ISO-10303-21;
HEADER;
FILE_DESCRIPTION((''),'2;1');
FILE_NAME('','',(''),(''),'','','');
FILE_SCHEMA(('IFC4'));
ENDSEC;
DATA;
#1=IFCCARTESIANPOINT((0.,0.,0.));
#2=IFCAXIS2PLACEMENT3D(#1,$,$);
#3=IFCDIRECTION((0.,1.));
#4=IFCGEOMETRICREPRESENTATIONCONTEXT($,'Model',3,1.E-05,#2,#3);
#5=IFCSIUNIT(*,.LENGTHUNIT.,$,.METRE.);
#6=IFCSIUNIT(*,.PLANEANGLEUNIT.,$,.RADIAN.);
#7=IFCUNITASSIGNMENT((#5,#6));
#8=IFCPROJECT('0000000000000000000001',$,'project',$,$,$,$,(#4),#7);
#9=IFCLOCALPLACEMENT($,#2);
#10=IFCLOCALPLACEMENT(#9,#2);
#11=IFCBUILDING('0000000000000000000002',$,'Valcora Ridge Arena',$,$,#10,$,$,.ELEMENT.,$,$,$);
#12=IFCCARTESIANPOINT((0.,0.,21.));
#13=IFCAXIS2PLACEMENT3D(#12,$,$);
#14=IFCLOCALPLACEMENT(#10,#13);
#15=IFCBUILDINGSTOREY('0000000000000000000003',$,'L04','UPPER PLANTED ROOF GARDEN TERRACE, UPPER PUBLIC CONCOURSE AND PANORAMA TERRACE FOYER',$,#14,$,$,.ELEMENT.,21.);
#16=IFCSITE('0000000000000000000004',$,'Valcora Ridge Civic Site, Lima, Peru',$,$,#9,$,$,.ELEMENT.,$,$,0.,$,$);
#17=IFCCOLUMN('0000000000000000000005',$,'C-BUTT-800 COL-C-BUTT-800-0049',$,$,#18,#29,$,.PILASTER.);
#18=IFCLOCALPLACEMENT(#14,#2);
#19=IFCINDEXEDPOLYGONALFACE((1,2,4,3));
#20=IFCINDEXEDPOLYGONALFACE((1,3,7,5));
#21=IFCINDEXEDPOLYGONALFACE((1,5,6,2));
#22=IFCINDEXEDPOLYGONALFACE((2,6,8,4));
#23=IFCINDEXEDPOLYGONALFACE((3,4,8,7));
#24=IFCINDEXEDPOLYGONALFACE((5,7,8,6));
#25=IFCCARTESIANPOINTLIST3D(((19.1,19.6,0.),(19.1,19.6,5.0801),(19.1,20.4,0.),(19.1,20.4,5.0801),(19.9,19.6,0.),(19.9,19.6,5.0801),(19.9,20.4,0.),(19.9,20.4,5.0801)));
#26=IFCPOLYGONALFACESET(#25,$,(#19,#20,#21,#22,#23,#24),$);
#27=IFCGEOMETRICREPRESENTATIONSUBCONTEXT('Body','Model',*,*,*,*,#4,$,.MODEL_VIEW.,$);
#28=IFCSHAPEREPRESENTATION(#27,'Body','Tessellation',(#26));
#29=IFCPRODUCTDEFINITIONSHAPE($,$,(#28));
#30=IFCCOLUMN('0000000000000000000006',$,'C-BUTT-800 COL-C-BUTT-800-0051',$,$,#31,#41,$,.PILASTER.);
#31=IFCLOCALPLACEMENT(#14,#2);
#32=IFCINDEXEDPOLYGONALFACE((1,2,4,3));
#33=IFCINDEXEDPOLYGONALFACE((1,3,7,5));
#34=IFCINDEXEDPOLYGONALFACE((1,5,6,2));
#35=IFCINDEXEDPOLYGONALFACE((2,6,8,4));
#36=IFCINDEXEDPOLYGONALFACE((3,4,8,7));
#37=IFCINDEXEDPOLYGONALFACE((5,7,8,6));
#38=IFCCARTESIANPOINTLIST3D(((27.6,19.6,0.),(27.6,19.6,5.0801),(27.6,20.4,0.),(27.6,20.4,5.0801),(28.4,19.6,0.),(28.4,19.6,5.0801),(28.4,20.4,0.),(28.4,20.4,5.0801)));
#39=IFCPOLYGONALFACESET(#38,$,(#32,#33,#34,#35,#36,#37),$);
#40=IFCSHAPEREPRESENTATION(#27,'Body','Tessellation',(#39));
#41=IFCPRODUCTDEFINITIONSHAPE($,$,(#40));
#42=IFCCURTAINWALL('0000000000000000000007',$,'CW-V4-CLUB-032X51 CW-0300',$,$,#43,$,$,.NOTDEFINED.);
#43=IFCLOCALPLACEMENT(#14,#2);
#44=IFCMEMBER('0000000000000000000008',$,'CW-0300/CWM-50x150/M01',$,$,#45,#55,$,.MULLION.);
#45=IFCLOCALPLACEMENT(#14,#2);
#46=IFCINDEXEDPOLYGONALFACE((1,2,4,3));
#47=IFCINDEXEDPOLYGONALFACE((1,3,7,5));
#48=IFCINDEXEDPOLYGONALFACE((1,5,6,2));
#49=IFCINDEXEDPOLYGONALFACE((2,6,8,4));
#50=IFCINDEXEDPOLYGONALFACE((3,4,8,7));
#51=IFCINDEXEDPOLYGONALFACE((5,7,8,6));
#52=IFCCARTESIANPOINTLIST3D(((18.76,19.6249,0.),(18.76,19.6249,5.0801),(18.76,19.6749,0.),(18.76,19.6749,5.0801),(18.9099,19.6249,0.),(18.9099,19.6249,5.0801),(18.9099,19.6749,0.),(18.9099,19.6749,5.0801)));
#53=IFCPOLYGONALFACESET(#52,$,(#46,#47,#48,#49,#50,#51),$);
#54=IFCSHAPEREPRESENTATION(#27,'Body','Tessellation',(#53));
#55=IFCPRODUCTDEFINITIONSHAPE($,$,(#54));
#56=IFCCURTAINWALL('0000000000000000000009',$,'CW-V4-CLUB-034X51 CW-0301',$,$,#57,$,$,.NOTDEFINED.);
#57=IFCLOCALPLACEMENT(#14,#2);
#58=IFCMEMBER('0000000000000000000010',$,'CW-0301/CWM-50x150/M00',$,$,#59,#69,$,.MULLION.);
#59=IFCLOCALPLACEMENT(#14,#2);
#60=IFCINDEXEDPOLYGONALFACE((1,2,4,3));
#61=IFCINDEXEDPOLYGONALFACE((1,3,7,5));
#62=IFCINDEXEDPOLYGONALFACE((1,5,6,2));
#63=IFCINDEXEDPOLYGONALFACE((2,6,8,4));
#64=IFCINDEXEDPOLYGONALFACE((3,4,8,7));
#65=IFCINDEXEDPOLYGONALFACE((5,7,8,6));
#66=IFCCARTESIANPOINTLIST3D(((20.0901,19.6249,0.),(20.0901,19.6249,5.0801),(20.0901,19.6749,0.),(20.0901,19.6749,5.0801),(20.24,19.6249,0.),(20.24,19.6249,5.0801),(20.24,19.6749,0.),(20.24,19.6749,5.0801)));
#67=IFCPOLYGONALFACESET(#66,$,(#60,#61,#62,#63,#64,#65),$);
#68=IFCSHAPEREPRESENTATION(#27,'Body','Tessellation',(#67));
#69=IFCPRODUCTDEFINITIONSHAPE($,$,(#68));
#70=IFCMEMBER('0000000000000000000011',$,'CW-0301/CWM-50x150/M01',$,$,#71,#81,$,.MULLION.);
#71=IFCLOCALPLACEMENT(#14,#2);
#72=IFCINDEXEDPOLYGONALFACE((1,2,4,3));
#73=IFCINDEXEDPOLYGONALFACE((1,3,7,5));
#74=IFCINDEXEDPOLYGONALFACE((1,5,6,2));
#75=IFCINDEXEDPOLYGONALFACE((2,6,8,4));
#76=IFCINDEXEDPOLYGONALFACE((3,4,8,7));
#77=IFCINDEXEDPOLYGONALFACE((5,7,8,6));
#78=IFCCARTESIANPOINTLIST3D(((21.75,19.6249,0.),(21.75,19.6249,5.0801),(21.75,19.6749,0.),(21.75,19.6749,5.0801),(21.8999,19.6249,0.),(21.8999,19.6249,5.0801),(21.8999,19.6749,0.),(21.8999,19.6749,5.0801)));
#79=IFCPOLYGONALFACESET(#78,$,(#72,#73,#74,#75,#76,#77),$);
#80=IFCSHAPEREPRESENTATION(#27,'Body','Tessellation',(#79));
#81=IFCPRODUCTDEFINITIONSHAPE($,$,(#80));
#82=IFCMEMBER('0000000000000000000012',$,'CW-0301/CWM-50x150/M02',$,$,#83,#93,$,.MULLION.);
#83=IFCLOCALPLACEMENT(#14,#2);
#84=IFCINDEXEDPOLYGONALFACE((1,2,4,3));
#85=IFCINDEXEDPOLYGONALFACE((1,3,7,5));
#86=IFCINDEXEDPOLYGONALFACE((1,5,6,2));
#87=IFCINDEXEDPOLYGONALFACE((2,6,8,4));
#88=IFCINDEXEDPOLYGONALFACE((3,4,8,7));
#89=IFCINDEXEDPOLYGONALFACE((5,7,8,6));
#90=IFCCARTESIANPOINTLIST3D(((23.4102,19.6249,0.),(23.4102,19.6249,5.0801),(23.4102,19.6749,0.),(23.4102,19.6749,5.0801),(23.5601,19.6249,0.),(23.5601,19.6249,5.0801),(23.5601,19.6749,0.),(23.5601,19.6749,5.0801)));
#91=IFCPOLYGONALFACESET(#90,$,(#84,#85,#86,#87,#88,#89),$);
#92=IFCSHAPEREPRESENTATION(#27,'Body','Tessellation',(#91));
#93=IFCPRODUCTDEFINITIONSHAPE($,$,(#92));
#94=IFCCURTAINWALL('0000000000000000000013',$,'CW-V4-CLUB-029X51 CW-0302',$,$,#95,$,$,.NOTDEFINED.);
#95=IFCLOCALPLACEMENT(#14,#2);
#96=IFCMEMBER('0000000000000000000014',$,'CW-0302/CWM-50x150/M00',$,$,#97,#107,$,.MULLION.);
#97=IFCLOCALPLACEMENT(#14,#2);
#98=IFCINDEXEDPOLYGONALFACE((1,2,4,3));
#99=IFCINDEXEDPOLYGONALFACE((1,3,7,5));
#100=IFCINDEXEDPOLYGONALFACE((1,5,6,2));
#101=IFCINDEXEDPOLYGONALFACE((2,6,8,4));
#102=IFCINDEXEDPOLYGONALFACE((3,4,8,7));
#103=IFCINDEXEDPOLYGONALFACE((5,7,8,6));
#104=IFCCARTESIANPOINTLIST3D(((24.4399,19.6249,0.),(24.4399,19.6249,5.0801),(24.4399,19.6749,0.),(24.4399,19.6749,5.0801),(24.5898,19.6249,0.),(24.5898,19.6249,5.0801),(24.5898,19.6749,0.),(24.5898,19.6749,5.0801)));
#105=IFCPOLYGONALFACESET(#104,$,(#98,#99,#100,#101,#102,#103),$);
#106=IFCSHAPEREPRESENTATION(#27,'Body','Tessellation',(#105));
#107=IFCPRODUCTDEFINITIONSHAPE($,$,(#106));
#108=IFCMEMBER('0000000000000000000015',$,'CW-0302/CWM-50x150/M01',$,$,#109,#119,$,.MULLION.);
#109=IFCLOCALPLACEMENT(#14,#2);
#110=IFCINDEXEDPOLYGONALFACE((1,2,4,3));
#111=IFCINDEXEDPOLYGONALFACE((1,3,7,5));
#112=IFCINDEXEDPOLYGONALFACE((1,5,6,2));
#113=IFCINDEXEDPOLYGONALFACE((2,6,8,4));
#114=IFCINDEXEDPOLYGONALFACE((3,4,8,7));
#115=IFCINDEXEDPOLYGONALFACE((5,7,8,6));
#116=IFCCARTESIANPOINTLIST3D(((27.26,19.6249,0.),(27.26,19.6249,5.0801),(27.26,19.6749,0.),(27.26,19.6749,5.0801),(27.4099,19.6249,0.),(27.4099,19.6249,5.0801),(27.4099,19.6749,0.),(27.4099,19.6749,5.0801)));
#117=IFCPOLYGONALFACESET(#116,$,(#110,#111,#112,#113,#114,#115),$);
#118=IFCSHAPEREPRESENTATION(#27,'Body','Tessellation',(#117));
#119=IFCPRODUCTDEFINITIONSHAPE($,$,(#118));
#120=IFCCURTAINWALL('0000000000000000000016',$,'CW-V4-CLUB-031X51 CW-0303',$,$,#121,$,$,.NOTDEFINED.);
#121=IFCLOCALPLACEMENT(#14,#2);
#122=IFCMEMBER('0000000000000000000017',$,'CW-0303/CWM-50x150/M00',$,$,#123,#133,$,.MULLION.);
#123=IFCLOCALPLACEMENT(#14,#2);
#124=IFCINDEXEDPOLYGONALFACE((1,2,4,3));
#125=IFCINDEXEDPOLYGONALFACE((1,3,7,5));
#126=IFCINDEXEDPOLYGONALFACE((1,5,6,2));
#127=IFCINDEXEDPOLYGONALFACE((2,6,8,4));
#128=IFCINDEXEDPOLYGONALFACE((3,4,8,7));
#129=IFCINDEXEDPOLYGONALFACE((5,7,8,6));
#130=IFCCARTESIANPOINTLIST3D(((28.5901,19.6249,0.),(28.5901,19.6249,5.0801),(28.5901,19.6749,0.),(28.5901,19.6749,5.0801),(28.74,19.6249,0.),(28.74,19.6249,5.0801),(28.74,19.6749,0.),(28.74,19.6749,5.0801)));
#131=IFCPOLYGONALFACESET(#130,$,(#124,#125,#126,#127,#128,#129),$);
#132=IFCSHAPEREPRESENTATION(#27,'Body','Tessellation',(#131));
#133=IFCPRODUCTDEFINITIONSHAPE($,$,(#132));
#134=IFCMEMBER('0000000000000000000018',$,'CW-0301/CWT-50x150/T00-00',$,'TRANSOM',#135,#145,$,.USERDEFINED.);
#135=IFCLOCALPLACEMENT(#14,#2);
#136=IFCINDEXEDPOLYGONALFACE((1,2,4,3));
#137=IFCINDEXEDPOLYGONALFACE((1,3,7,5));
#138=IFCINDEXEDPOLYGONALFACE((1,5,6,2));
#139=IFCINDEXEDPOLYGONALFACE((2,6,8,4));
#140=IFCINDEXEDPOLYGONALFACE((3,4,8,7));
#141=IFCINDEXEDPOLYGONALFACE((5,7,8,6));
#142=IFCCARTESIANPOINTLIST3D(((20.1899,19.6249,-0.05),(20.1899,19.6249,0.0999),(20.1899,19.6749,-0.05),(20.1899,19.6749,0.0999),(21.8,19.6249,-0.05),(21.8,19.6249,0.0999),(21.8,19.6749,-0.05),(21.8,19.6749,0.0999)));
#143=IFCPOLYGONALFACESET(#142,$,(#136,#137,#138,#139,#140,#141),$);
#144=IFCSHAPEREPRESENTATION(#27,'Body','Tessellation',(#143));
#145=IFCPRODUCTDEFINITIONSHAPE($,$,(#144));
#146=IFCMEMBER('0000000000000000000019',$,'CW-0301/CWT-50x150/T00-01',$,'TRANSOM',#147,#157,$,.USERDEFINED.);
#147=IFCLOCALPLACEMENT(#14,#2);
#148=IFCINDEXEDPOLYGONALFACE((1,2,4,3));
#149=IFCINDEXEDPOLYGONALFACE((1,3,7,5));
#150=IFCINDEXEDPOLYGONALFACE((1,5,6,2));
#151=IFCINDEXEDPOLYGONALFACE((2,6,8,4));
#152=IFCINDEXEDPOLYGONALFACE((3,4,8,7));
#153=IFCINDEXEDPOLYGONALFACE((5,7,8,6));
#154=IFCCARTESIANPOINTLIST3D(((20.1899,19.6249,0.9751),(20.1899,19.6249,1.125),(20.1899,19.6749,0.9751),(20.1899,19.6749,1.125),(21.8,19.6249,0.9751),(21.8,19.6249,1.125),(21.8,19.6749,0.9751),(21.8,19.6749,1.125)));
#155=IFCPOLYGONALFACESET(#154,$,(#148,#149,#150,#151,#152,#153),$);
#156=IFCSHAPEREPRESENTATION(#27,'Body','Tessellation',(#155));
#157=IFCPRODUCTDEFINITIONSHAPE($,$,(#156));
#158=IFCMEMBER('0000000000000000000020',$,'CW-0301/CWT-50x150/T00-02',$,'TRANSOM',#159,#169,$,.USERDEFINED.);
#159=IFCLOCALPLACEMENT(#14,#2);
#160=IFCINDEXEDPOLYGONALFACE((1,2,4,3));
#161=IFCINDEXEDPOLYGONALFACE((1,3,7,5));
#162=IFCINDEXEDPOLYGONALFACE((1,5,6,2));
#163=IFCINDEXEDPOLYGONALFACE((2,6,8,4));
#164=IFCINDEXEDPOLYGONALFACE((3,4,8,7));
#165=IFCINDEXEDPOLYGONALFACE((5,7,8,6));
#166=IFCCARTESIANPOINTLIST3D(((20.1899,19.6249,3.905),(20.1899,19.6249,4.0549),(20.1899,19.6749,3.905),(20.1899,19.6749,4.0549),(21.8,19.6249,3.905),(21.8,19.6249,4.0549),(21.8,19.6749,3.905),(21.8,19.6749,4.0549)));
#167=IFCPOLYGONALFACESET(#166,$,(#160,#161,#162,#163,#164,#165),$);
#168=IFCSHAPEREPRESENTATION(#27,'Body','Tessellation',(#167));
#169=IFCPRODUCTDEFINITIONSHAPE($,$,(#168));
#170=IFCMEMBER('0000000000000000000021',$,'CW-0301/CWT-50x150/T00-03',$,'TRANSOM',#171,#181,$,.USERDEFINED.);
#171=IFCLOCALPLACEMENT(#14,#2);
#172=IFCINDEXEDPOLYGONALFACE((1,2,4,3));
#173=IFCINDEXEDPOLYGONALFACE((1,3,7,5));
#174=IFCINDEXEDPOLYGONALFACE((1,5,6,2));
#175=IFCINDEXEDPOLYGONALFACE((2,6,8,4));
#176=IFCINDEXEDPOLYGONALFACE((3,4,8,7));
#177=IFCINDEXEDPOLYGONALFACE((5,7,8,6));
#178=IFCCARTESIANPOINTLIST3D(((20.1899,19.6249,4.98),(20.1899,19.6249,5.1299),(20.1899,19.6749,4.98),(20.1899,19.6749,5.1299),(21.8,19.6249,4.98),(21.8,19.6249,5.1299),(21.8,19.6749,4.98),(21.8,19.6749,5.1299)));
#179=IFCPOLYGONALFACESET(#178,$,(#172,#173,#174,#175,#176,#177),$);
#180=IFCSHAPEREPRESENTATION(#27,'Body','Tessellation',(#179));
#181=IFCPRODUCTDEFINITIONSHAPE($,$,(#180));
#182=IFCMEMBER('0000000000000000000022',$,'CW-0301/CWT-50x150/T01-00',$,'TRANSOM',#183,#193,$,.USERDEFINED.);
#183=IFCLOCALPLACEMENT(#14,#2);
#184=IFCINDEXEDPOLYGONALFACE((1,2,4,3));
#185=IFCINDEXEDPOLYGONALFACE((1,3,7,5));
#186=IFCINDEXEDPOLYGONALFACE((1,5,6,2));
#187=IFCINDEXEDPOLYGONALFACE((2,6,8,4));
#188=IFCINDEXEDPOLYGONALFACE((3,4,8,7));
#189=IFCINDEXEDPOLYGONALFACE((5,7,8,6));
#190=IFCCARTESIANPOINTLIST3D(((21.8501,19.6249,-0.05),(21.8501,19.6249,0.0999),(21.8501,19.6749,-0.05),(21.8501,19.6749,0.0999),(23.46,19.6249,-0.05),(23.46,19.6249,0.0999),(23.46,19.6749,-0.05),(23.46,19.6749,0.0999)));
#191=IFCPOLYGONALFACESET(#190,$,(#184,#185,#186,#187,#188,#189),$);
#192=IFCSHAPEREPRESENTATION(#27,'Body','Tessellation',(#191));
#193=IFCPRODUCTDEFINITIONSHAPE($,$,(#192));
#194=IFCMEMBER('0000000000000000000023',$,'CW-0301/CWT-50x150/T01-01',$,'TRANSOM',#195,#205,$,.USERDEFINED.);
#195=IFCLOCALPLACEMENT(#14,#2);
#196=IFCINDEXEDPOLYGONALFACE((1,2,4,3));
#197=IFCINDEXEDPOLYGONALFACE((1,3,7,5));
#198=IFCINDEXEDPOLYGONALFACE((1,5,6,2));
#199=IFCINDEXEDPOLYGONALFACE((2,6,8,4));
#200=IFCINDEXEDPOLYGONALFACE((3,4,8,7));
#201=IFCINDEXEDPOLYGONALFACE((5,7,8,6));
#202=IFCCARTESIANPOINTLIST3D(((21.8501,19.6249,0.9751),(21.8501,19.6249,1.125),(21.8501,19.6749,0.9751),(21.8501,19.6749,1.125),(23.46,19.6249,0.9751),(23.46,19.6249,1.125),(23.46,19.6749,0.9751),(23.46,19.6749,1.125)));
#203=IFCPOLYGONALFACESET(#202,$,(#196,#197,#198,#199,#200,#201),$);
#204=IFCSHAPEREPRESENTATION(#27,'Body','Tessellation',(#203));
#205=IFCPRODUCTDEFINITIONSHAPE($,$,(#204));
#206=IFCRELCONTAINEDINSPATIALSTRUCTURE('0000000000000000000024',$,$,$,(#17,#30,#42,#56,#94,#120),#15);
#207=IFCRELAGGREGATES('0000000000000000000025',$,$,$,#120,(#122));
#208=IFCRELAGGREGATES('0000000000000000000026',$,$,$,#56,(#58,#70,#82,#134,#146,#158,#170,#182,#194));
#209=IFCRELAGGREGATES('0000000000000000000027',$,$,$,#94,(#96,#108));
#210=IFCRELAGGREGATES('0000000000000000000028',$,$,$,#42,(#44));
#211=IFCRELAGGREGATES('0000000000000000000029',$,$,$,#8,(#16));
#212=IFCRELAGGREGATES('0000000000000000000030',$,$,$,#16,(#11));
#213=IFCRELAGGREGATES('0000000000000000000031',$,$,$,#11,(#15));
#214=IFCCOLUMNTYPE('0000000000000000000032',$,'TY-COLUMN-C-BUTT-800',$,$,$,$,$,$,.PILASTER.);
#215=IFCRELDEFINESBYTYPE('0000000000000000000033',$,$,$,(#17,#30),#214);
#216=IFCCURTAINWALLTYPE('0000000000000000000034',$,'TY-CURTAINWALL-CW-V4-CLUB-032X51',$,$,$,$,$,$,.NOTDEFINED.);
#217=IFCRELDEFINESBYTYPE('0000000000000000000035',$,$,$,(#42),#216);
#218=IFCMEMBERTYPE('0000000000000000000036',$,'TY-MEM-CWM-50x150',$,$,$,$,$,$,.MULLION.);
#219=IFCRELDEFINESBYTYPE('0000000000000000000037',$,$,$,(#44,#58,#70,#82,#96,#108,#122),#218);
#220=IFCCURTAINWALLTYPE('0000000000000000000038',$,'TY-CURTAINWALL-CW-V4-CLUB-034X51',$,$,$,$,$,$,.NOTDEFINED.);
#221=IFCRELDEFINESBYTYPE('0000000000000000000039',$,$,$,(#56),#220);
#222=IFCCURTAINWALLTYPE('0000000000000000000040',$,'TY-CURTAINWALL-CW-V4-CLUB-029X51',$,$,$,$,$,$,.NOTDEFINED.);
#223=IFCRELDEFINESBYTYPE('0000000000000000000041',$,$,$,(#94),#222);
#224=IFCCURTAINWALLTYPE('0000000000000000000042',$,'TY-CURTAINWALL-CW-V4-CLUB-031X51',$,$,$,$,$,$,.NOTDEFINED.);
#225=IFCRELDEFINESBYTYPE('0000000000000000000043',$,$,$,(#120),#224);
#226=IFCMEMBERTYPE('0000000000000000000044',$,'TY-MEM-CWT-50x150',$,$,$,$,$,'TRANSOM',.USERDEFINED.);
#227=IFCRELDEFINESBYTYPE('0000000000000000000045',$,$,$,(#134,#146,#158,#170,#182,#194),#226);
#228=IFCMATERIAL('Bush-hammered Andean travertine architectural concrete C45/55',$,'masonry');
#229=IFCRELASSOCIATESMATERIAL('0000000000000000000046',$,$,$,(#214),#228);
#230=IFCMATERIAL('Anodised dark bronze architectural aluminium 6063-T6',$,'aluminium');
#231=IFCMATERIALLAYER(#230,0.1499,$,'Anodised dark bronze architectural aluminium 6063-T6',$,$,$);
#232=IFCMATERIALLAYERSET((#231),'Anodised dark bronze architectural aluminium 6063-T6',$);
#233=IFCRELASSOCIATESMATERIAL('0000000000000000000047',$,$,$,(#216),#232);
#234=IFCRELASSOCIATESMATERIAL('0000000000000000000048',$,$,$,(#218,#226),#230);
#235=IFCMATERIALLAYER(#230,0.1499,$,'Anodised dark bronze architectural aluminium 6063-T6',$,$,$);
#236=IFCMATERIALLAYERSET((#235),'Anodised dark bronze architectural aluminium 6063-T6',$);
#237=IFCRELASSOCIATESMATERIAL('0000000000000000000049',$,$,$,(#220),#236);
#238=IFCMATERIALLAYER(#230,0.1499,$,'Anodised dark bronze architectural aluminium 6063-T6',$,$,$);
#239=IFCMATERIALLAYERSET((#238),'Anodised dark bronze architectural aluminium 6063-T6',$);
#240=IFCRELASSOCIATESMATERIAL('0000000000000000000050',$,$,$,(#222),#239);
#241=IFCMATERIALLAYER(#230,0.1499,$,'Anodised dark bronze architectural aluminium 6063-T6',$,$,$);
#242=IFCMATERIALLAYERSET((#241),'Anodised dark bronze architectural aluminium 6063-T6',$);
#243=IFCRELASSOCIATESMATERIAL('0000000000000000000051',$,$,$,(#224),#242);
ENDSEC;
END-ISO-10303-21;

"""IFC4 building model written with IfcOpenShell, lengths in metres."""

from ifc_helpers import new_model, si_unit, direction, frame, origin, origin_2d, place, context, subcontext, project, spatial, rectangle, extrude, material, layer, layer_set, material_profile, profile_set, type_object, element, aggregate, save


model = new_model("IFC4")

# Units and contexts
model_context = context("Model", 3, precision=1e-05, world=origin(), true_north=direction((0.0, 1.0)))
body_context = subcontext(model_context, "Body", "Model", "MODEL_VIEW")
ifc_project = project(units=[si_unit("LENGTHUNIT", "METRE"), si_unit("PLANEANGLEUNIT", "RADIAN")], contexts=[model_context])

# Site, building, storey
site_placement = place(None, origin())
site = spatial("IfcSite", under=ifc_project, at=site_placement, Name="Valcora Ridge Civic Site, Lima, Peru", CompositionType="ELEMENT", RefElevation=0.0)
building_placement = place(site_placement, origin())
building = spatial("IfcBuilding", under=site, at=building_placement, Name="Valcora Ridge Arena", CompositionType="ELEMENT")
storey_placement = place(building_placement, frame((0.0, 0.0, 21.0)))
storey = spatial("IfcBuildingStorey", under=building, at=storey_placement, Name="L04", Description="UPPER PLANTED ROOF GARDEN TERRACE, UPPER PUBLIC CONCOURSE AND PANORAMA TERRACE FOYER", CompositionType="ELEMENT", Elevation=21.0)

# Columns
ifc_material_1 = material(Name="Bush-hammered Andean travertine architectural concrete C45/55", Category="masonry")
ifc_material_profile_1 = material_profile(ifc_material_1, rectangle(XDim=0.8, YDim=0.8, at=origin_2d()), Name="RC 800x800")
ifc_profile_set_1 = profile_set([ifc_material_profile_1], Name="Bush-hammered Andean travertine architectural concrete C45/55")
column_type = type_object("IfcColumnType", Name="TY-COLUMN-C-BUTT-800", PredefinedType="PILASTER", material=ifc_profile_set_1)
for number, where, z_axis, x_axis, name in (
    (1, (19.5, 20.0, 0.0), (0.0, 0.0, 1.0), (1.0, 0.0, 0.0), "C-BUTT-800 COL-C-BUTT-800-0049"),
    (2, (28.0, 20.0, 0.0), (0.0, 0.0, 1.0), (1.0, 0.0, 0.0), "C-BUTT-800 COL-C-BUTT-800-0051"),
):
    element("IfcColumn", number, at=place(storey_placement, frame(where, z_axis=z_axis, x_axis=x_axis)), inside=storey, type_object=column_type, Name=name, PredefinedType="PILASTER", context=body_context, shape_type="SweptSolid", body=[
        extrude(rectangle(XDim=0.8, YDim=0.8, at=origin_2d()), origin(), (0.0, 0.0, 1.0), 5.0801),
    ])

# Curtain wall, member
ifc_material_2 = material(Name="Anodised dark bronze architectural aluminium 6063-T6", Category="aluminium")
ifc_layer_1 = layer(ifc_material_2, 0.1499, Name="Anodised dark bronze architectural aluminium 6063-T6")
ifc_layer_set_1 = layer_set([ifc_layer_1], Name="Anodised dark bronze architectural aluminium 6063-T6")
curtain_wall_type_1 = type_object("IfcCurtainWallType", Name="TY-CURTAINWALL-CW-V4-CLUB-032X51", PredefinedType="NOTDEFINED", material=ifc_layer_set_1)
curtain_wall_1_placement = place(storey_placement, origin())
curtain_wall_1 = element("IfcCurtainWall", 3, at=curtain_wall_1_placement, inside=storey, type_object=curtain_wall_type_1, Name="CW-V4-CLUB-032X51 CW-0300", PredefinedType="NOTDEFINED")
ifc_material_profile_2 = material_profile(ifc_material_2, rectangle(XDim=0.05, YDim=0.1499, at=origin_2d()), Name="ALU MULLION 50x150")
ifc_profile_set_2 = profile_set([ifc_material_profile_2], Name="Anodised dark bronze architectural aluminium 6063-T6")
member_type_1 = type_object("IfcMemberType", Name="TY-MEM-CWM-50x150", PredefinedType="MULLION", material=ifc_profile_set_2)
member_1_placement = place(storey_placement, frame((18.835, 19.6499, 0.0), z_axis=(0.0, 0.0, 1.0), x_axis=(0.0, 1.0, 0.0)))
member_1 = element("IfcMember", 4, at=member_1_placement, type_object=member_type_1, Name="CW-0300/CWM-50x150/M01", PredefinedType="MULLION", context=body_context, shape_type="SweptSolid", body=[
    extrude(rectangle(XDim=0.05, YDim=0.1499, at=origin_2d()), origin(), (0.0, 0.0, 1.0), 5.0801),
])

# Curtain walls, members
ifc_layer_2 = layer(ifc_material_2, 0.1499, Name="Anodised dark bronze architectural aluminium 6063-T6")
ifc_layer_set_2 = layer_set([ifc_layer_2], Name="Anodised dark bronze architectural aluminium 6063-T6")
curtain_wall_type_2 = type_object("IfcCurtainWallType", Name="TY-CURTAINWALL-CW-V4-CLUB-034X51", PredefinedType="NOTDEFINED", material=ifc_layer_set_2)
curtain_wall_2_placement = place(storey_placement, origin())
curtain_wall_2 = element("IfcCurtainWall", 5, at=curtain_wall_2_placement, inside=storey, type_object=curtain_wall_type_2, Name="CW-V4-CLUB-034X51 CW-0301", PredefinedType="NOTDEFINED")
member_2_placement = place(storey_placement, frame((20.165, 19.6499, 0.0), z_axis=(0.0, 0.0, 1.0), x_axis=(0.0, 1.0, 0.0)))
member_2 = element("IfcMember", 6, at=member_2_placement, type_object=member_type_1, Name="CW-0301/CWM-50x150/M00", PredefinedType="MULLION", context=body_context, shape_type="SweptSolid", body=[
    extrude(rectangle(XDim=0.05, YDim=0.1499, at=origin_2d()), origin(), (0.0, 0.0, 1.0), 5.0801),
])
member_3_placement = place(storey_placement, frame((21.825, 19.6499, 0.0), z_axis=(0.0, 0.0, 1.0), x_axis=(0.0, 1.0, 0.0)))
member_3 = element("IfcMember", 7, at=member_3_placement, type_object=member_type_1, Name="CW-0301/CWM-50x150/M01", PredefinedType="MULLION", context=body_context, shape_type="SweptSolid", body=[
    extrude(rectangle(XDim=0.05, YDim=0.1499, at=origin_2d()), origin(), (0.0, 0.0, 1.0), 5.0801),
])
member_4_placement = place(storey_placement, frame((23.4851, 19.6499, 0.0), z_axis=(0.0, 0.0, 1.0), x_axis=(0.0, 1.0, 0.0)))
member_4 = element("IfcMember", 8, at=member_4_placement, type_object=member_type_1, Name="CW-0301/CWM-50x150/M02", PredefinedType="MULLION", context=body_context, shape_type="SweptSolid", body=[
    extrude(rectangle(XDim=0.05, YDim=0.1499, at=origin_2d()), origin(), (0.0, 0.0, 1.0), 5.0801),
])
ifc_layer_3 = layer(ifc_material_2, 0.1499, Name="Anodised dark bronze architectural aluminium 6063-T6")
ifc_layer_set_3 = layer_set([ifc_layer_3], Name="Anodised dark bronze architectural aluminium 6063-T6")
curtain_wall_type_3 = type_object("IfcCurtainWallType", Name="TY-CURTAINWALL-CW-V4-CLUB-029X51", PredefinedType="NOTDEFINED", material=ifc_layer_set_3)
curtain_wall_3_placement = place(storey_placement, origin())
curtain_wall_3 = element("IfcCurtainWall", 9, at=curtain_wall_3_placement, inside=storey, type_object=curtain_wall_type_3, Name="CW-V4-CLUB-029X51 CW-0302", PredefinedType="NOTDEFINED")
member_5_placement = place(storey_placement, frame((24.5149, 19.6499, 0.0), z_axis=(0.0, 0.0, 1.0), x_axis=(0.0, 1.0, 0.0)))
member_5 = element("IfcMember", 10, at=member_5_placement, type_object=member_type_1, Name="CW-0302/CWM-50x150/M00", PredefinedType="MULLION", context=body_context, shape_type="SweptSolid", body=[
    extrude(rectangle(XDim=0.05, YDim=0.1499, at=origin_2d()), origin(), (0.0, 0.0, 1.0), 5.0801),
])
member_6_placement = place(storey_placement, frame((27.335, 19.6499, 0.0), z_axis=(0.0, 0.0, 1.0), x_axis=(0.0, 1.0, 0.0)))
member_6 = element("IfcMember", 11, at=member_6_placement, type_object=member_type_1, Name="CW-0302/CWM-50x150/M01", PredefinedType="MULLION", context=body_context, shape_type="SweptSolid", body=[
    extrude(rectangle(XDim=0.05, YDim=0.1499, at=origin_2d()), origin(), (0.0, 0.0, 1.0), 5.0801),
])

# Curtain wall, member
ifc_layer_4 = layer(ifc_material_2, 0.1499, Name="Anodised dark bronze architectural aluminium 6063-T6")
ifc_layer_set_4 = layer_set([ifc_layer_4], Name="Anodised dark bronze architectural aluminium 6063-T6")
curtain_wall_type_4 = type_object("IfcCurtainWallType", Name="TY-CURTAINWALL-CW-V4-CLUB-031X51", PredefinedType="NOTDEFINED", material=ifc_layer_set_4)
curtain_wall_4_placement = place(storey_placement, origin())
curtain_wall_4 = element("IfcCurtainWall", 12, at=curtain_wall_4_placement, inside=storey, type_object=curtain_wall_type_4, Name="CW-V4-CLUB-031X51 CW-0303", PredefinedType="NOTDEFINED")
member_7_placement = place(storey_placement, frame((28.665, 19.6499, 0.0), z_axis=(0.0, 0.0, 1.0), x_axis=(0.0, 1.0, 0.0)))
member_7 = element("IfcMember", 13, at=member_7_placement, type_object=member_type_1, Name="CW-0303/CWM-50x150/M00", PredefinedType="MULLION", context=body_context, shape_type="SweptSolid", body=[
    extrude(rectangle(XDim=0.05, YDim=0.1499, at=origin_2d()), origin(), (0.0, 0.0, 1.0), 5.0801),
])
aggregate(curtain_wall_4, [member_7])

# Members
ifc_material_profile_3 = material_profile(ifc_material_2, rectangle(XDim=0.05, YDim=0.1499, at=origin_2d()), Name="ALU TRANSOM 50x150")
ifc_profile_set_3 = profile_set([ifc_material_profile_3], Name="Anodised dark bronze architectural aluminium 6063-T6")
member_type_2 = type_object("IfcMemberType", Name="TY-MEM-CWT-50x150", ElementType="TRANSOM", PredefinedType="USERDEFINED", material=ifc_profile_set_3)
member_8_placement = place(storey_placement, frame((20.1899, 19.6499, 0.0249), z_axis=(1.0, 0.0, 0.0), x_axis=(0.0, 1.0, 0.0)))
member_8 = element("IfcMember", 14, at=member_8_placement, type_object=member_type_2, Name="CW-0301/CWT-50x150/T00-00", ObjectType="TRANSOM", PredefinedType="USERDEFINED", context=body_context, shape_type="SweptSolid", body=[
    extrude(rectangle(XDim=0.05, YDim=0.1499, at=origin_2d()), origin(), (0.0, 0.0, 1.0), 1.6101),
])
member_9_placement = place(storey_placement, frame((20.1899, 19.6499, 1.05), z_axis=(1.0, 0.0, 0.0), x_axis=(0.0, 1.0, 0.0)))
member_9 = element("IfcMember", 15, at=member_9_placement, type_object=member_type_2, Name="CW-0301/CWT-50x150/T00-01", ObjectType="TRANSOM", PredefinedType="USERDEFINED", context=body_context, shape_type="SweptSolid", body=[
    extrude(rectangle(XDim=0.05, YDim=0.1499, at=origin_2d()), origin(), (0.0, 0.0, 1.0), 1.6101),
])
member_10_placement = place(storey_placement, frame((20.1899, 19.6499, 3.98), z_axis=(1.0, 0.0, 0.0), x_axis=(0.0, 1.0, 0.0)))
member_10 = element("IfcMember", 16, at=member_10_placement, type_object=member_type_2, Name="CW-0301/CWT-50x150/T00-02", ObjectType="TRANSOM", PredefinedType="USERDEFINED", context=body_context, shape_type="SweptSolid", body=[
    extrude(rectangle(XDim=0.05, YDim=0.1499, at=origin_2d()), origin(), (0.0, 0.0, 1.0), 1.6101),
])
member_11_placement = place(storey_placement, frame((20.1899, 19.6499, 5.0549), z_axis=(1.0, 0.0, 0.0), x_axis=(0.0, 1.0, 0.0)))
member_11 = element("IfcMember", 17, at=member_11_placement, type_object=member_type_2, Name="CW-0301/CWT-50x150/T00-03", ObjectType="TRANSOM", PredefinedType="USERDEFINED", context=body_context, shape_type="SweptSolid", body=[
    extrude(rectangle(XDim=0.05, YDim=0.1499, at=origin_2d()), origin(), (0.0, 0.0, 1.0), 1.6101),
])
member_12_placement = place(storey_placement, frame((21.8501, 19.6499, 0.0249), z_axis=(1.0, 0.0, 0.0), x_axis=(0.0, 1.0, 0.0)))
member_12 = element("IfcMember", 18, at=member_12_placement, type_object=member_type_2, Name="CW-0301/CWT-50x150/T01-00", ObjectType="TRANSOM", PredefinedType="USERDEFINED", context=body_context, shape_type="SweptSolid", body=[
    extrude(rectangle(XDim=0.05, YDim=0.1499, at=origin_2d()), origin(), (0.0, 0.0, 1.0), 1.6099),
])
member_13_placement = place(storey_placement, frame((21.8501, 19.6499, 1.05), z_axis=(1.0, 0.0, 0.0), x_axis=(0.0, 1.0, 0.0)))
member_13 = element("IfcMember", 19, at=member_13_placement, type_object=member_type_2, Name="CW-0301/CWT-50x150/T01-01", ObjectType="TRANSOM", PredefinedType="USERDEFINED", context=body_context, shape_type="SweptSolid", body=[
    extrude(rectangle(XDim=0.05, YDim=0.1499, at=origin_2d()), origin(), (0.0, 0.0, 1.0), 1.6099),
])

aggregate(curtain_wall_2, [member_2, member_3, member_4, member_8, member_9, member_10, member_11, member_12, member_13])
aggregate(curtain_wall_3, [member_5, member_6])
aggregate(curtain_wall_1, [member_1])

save(model, "model.ifc")
